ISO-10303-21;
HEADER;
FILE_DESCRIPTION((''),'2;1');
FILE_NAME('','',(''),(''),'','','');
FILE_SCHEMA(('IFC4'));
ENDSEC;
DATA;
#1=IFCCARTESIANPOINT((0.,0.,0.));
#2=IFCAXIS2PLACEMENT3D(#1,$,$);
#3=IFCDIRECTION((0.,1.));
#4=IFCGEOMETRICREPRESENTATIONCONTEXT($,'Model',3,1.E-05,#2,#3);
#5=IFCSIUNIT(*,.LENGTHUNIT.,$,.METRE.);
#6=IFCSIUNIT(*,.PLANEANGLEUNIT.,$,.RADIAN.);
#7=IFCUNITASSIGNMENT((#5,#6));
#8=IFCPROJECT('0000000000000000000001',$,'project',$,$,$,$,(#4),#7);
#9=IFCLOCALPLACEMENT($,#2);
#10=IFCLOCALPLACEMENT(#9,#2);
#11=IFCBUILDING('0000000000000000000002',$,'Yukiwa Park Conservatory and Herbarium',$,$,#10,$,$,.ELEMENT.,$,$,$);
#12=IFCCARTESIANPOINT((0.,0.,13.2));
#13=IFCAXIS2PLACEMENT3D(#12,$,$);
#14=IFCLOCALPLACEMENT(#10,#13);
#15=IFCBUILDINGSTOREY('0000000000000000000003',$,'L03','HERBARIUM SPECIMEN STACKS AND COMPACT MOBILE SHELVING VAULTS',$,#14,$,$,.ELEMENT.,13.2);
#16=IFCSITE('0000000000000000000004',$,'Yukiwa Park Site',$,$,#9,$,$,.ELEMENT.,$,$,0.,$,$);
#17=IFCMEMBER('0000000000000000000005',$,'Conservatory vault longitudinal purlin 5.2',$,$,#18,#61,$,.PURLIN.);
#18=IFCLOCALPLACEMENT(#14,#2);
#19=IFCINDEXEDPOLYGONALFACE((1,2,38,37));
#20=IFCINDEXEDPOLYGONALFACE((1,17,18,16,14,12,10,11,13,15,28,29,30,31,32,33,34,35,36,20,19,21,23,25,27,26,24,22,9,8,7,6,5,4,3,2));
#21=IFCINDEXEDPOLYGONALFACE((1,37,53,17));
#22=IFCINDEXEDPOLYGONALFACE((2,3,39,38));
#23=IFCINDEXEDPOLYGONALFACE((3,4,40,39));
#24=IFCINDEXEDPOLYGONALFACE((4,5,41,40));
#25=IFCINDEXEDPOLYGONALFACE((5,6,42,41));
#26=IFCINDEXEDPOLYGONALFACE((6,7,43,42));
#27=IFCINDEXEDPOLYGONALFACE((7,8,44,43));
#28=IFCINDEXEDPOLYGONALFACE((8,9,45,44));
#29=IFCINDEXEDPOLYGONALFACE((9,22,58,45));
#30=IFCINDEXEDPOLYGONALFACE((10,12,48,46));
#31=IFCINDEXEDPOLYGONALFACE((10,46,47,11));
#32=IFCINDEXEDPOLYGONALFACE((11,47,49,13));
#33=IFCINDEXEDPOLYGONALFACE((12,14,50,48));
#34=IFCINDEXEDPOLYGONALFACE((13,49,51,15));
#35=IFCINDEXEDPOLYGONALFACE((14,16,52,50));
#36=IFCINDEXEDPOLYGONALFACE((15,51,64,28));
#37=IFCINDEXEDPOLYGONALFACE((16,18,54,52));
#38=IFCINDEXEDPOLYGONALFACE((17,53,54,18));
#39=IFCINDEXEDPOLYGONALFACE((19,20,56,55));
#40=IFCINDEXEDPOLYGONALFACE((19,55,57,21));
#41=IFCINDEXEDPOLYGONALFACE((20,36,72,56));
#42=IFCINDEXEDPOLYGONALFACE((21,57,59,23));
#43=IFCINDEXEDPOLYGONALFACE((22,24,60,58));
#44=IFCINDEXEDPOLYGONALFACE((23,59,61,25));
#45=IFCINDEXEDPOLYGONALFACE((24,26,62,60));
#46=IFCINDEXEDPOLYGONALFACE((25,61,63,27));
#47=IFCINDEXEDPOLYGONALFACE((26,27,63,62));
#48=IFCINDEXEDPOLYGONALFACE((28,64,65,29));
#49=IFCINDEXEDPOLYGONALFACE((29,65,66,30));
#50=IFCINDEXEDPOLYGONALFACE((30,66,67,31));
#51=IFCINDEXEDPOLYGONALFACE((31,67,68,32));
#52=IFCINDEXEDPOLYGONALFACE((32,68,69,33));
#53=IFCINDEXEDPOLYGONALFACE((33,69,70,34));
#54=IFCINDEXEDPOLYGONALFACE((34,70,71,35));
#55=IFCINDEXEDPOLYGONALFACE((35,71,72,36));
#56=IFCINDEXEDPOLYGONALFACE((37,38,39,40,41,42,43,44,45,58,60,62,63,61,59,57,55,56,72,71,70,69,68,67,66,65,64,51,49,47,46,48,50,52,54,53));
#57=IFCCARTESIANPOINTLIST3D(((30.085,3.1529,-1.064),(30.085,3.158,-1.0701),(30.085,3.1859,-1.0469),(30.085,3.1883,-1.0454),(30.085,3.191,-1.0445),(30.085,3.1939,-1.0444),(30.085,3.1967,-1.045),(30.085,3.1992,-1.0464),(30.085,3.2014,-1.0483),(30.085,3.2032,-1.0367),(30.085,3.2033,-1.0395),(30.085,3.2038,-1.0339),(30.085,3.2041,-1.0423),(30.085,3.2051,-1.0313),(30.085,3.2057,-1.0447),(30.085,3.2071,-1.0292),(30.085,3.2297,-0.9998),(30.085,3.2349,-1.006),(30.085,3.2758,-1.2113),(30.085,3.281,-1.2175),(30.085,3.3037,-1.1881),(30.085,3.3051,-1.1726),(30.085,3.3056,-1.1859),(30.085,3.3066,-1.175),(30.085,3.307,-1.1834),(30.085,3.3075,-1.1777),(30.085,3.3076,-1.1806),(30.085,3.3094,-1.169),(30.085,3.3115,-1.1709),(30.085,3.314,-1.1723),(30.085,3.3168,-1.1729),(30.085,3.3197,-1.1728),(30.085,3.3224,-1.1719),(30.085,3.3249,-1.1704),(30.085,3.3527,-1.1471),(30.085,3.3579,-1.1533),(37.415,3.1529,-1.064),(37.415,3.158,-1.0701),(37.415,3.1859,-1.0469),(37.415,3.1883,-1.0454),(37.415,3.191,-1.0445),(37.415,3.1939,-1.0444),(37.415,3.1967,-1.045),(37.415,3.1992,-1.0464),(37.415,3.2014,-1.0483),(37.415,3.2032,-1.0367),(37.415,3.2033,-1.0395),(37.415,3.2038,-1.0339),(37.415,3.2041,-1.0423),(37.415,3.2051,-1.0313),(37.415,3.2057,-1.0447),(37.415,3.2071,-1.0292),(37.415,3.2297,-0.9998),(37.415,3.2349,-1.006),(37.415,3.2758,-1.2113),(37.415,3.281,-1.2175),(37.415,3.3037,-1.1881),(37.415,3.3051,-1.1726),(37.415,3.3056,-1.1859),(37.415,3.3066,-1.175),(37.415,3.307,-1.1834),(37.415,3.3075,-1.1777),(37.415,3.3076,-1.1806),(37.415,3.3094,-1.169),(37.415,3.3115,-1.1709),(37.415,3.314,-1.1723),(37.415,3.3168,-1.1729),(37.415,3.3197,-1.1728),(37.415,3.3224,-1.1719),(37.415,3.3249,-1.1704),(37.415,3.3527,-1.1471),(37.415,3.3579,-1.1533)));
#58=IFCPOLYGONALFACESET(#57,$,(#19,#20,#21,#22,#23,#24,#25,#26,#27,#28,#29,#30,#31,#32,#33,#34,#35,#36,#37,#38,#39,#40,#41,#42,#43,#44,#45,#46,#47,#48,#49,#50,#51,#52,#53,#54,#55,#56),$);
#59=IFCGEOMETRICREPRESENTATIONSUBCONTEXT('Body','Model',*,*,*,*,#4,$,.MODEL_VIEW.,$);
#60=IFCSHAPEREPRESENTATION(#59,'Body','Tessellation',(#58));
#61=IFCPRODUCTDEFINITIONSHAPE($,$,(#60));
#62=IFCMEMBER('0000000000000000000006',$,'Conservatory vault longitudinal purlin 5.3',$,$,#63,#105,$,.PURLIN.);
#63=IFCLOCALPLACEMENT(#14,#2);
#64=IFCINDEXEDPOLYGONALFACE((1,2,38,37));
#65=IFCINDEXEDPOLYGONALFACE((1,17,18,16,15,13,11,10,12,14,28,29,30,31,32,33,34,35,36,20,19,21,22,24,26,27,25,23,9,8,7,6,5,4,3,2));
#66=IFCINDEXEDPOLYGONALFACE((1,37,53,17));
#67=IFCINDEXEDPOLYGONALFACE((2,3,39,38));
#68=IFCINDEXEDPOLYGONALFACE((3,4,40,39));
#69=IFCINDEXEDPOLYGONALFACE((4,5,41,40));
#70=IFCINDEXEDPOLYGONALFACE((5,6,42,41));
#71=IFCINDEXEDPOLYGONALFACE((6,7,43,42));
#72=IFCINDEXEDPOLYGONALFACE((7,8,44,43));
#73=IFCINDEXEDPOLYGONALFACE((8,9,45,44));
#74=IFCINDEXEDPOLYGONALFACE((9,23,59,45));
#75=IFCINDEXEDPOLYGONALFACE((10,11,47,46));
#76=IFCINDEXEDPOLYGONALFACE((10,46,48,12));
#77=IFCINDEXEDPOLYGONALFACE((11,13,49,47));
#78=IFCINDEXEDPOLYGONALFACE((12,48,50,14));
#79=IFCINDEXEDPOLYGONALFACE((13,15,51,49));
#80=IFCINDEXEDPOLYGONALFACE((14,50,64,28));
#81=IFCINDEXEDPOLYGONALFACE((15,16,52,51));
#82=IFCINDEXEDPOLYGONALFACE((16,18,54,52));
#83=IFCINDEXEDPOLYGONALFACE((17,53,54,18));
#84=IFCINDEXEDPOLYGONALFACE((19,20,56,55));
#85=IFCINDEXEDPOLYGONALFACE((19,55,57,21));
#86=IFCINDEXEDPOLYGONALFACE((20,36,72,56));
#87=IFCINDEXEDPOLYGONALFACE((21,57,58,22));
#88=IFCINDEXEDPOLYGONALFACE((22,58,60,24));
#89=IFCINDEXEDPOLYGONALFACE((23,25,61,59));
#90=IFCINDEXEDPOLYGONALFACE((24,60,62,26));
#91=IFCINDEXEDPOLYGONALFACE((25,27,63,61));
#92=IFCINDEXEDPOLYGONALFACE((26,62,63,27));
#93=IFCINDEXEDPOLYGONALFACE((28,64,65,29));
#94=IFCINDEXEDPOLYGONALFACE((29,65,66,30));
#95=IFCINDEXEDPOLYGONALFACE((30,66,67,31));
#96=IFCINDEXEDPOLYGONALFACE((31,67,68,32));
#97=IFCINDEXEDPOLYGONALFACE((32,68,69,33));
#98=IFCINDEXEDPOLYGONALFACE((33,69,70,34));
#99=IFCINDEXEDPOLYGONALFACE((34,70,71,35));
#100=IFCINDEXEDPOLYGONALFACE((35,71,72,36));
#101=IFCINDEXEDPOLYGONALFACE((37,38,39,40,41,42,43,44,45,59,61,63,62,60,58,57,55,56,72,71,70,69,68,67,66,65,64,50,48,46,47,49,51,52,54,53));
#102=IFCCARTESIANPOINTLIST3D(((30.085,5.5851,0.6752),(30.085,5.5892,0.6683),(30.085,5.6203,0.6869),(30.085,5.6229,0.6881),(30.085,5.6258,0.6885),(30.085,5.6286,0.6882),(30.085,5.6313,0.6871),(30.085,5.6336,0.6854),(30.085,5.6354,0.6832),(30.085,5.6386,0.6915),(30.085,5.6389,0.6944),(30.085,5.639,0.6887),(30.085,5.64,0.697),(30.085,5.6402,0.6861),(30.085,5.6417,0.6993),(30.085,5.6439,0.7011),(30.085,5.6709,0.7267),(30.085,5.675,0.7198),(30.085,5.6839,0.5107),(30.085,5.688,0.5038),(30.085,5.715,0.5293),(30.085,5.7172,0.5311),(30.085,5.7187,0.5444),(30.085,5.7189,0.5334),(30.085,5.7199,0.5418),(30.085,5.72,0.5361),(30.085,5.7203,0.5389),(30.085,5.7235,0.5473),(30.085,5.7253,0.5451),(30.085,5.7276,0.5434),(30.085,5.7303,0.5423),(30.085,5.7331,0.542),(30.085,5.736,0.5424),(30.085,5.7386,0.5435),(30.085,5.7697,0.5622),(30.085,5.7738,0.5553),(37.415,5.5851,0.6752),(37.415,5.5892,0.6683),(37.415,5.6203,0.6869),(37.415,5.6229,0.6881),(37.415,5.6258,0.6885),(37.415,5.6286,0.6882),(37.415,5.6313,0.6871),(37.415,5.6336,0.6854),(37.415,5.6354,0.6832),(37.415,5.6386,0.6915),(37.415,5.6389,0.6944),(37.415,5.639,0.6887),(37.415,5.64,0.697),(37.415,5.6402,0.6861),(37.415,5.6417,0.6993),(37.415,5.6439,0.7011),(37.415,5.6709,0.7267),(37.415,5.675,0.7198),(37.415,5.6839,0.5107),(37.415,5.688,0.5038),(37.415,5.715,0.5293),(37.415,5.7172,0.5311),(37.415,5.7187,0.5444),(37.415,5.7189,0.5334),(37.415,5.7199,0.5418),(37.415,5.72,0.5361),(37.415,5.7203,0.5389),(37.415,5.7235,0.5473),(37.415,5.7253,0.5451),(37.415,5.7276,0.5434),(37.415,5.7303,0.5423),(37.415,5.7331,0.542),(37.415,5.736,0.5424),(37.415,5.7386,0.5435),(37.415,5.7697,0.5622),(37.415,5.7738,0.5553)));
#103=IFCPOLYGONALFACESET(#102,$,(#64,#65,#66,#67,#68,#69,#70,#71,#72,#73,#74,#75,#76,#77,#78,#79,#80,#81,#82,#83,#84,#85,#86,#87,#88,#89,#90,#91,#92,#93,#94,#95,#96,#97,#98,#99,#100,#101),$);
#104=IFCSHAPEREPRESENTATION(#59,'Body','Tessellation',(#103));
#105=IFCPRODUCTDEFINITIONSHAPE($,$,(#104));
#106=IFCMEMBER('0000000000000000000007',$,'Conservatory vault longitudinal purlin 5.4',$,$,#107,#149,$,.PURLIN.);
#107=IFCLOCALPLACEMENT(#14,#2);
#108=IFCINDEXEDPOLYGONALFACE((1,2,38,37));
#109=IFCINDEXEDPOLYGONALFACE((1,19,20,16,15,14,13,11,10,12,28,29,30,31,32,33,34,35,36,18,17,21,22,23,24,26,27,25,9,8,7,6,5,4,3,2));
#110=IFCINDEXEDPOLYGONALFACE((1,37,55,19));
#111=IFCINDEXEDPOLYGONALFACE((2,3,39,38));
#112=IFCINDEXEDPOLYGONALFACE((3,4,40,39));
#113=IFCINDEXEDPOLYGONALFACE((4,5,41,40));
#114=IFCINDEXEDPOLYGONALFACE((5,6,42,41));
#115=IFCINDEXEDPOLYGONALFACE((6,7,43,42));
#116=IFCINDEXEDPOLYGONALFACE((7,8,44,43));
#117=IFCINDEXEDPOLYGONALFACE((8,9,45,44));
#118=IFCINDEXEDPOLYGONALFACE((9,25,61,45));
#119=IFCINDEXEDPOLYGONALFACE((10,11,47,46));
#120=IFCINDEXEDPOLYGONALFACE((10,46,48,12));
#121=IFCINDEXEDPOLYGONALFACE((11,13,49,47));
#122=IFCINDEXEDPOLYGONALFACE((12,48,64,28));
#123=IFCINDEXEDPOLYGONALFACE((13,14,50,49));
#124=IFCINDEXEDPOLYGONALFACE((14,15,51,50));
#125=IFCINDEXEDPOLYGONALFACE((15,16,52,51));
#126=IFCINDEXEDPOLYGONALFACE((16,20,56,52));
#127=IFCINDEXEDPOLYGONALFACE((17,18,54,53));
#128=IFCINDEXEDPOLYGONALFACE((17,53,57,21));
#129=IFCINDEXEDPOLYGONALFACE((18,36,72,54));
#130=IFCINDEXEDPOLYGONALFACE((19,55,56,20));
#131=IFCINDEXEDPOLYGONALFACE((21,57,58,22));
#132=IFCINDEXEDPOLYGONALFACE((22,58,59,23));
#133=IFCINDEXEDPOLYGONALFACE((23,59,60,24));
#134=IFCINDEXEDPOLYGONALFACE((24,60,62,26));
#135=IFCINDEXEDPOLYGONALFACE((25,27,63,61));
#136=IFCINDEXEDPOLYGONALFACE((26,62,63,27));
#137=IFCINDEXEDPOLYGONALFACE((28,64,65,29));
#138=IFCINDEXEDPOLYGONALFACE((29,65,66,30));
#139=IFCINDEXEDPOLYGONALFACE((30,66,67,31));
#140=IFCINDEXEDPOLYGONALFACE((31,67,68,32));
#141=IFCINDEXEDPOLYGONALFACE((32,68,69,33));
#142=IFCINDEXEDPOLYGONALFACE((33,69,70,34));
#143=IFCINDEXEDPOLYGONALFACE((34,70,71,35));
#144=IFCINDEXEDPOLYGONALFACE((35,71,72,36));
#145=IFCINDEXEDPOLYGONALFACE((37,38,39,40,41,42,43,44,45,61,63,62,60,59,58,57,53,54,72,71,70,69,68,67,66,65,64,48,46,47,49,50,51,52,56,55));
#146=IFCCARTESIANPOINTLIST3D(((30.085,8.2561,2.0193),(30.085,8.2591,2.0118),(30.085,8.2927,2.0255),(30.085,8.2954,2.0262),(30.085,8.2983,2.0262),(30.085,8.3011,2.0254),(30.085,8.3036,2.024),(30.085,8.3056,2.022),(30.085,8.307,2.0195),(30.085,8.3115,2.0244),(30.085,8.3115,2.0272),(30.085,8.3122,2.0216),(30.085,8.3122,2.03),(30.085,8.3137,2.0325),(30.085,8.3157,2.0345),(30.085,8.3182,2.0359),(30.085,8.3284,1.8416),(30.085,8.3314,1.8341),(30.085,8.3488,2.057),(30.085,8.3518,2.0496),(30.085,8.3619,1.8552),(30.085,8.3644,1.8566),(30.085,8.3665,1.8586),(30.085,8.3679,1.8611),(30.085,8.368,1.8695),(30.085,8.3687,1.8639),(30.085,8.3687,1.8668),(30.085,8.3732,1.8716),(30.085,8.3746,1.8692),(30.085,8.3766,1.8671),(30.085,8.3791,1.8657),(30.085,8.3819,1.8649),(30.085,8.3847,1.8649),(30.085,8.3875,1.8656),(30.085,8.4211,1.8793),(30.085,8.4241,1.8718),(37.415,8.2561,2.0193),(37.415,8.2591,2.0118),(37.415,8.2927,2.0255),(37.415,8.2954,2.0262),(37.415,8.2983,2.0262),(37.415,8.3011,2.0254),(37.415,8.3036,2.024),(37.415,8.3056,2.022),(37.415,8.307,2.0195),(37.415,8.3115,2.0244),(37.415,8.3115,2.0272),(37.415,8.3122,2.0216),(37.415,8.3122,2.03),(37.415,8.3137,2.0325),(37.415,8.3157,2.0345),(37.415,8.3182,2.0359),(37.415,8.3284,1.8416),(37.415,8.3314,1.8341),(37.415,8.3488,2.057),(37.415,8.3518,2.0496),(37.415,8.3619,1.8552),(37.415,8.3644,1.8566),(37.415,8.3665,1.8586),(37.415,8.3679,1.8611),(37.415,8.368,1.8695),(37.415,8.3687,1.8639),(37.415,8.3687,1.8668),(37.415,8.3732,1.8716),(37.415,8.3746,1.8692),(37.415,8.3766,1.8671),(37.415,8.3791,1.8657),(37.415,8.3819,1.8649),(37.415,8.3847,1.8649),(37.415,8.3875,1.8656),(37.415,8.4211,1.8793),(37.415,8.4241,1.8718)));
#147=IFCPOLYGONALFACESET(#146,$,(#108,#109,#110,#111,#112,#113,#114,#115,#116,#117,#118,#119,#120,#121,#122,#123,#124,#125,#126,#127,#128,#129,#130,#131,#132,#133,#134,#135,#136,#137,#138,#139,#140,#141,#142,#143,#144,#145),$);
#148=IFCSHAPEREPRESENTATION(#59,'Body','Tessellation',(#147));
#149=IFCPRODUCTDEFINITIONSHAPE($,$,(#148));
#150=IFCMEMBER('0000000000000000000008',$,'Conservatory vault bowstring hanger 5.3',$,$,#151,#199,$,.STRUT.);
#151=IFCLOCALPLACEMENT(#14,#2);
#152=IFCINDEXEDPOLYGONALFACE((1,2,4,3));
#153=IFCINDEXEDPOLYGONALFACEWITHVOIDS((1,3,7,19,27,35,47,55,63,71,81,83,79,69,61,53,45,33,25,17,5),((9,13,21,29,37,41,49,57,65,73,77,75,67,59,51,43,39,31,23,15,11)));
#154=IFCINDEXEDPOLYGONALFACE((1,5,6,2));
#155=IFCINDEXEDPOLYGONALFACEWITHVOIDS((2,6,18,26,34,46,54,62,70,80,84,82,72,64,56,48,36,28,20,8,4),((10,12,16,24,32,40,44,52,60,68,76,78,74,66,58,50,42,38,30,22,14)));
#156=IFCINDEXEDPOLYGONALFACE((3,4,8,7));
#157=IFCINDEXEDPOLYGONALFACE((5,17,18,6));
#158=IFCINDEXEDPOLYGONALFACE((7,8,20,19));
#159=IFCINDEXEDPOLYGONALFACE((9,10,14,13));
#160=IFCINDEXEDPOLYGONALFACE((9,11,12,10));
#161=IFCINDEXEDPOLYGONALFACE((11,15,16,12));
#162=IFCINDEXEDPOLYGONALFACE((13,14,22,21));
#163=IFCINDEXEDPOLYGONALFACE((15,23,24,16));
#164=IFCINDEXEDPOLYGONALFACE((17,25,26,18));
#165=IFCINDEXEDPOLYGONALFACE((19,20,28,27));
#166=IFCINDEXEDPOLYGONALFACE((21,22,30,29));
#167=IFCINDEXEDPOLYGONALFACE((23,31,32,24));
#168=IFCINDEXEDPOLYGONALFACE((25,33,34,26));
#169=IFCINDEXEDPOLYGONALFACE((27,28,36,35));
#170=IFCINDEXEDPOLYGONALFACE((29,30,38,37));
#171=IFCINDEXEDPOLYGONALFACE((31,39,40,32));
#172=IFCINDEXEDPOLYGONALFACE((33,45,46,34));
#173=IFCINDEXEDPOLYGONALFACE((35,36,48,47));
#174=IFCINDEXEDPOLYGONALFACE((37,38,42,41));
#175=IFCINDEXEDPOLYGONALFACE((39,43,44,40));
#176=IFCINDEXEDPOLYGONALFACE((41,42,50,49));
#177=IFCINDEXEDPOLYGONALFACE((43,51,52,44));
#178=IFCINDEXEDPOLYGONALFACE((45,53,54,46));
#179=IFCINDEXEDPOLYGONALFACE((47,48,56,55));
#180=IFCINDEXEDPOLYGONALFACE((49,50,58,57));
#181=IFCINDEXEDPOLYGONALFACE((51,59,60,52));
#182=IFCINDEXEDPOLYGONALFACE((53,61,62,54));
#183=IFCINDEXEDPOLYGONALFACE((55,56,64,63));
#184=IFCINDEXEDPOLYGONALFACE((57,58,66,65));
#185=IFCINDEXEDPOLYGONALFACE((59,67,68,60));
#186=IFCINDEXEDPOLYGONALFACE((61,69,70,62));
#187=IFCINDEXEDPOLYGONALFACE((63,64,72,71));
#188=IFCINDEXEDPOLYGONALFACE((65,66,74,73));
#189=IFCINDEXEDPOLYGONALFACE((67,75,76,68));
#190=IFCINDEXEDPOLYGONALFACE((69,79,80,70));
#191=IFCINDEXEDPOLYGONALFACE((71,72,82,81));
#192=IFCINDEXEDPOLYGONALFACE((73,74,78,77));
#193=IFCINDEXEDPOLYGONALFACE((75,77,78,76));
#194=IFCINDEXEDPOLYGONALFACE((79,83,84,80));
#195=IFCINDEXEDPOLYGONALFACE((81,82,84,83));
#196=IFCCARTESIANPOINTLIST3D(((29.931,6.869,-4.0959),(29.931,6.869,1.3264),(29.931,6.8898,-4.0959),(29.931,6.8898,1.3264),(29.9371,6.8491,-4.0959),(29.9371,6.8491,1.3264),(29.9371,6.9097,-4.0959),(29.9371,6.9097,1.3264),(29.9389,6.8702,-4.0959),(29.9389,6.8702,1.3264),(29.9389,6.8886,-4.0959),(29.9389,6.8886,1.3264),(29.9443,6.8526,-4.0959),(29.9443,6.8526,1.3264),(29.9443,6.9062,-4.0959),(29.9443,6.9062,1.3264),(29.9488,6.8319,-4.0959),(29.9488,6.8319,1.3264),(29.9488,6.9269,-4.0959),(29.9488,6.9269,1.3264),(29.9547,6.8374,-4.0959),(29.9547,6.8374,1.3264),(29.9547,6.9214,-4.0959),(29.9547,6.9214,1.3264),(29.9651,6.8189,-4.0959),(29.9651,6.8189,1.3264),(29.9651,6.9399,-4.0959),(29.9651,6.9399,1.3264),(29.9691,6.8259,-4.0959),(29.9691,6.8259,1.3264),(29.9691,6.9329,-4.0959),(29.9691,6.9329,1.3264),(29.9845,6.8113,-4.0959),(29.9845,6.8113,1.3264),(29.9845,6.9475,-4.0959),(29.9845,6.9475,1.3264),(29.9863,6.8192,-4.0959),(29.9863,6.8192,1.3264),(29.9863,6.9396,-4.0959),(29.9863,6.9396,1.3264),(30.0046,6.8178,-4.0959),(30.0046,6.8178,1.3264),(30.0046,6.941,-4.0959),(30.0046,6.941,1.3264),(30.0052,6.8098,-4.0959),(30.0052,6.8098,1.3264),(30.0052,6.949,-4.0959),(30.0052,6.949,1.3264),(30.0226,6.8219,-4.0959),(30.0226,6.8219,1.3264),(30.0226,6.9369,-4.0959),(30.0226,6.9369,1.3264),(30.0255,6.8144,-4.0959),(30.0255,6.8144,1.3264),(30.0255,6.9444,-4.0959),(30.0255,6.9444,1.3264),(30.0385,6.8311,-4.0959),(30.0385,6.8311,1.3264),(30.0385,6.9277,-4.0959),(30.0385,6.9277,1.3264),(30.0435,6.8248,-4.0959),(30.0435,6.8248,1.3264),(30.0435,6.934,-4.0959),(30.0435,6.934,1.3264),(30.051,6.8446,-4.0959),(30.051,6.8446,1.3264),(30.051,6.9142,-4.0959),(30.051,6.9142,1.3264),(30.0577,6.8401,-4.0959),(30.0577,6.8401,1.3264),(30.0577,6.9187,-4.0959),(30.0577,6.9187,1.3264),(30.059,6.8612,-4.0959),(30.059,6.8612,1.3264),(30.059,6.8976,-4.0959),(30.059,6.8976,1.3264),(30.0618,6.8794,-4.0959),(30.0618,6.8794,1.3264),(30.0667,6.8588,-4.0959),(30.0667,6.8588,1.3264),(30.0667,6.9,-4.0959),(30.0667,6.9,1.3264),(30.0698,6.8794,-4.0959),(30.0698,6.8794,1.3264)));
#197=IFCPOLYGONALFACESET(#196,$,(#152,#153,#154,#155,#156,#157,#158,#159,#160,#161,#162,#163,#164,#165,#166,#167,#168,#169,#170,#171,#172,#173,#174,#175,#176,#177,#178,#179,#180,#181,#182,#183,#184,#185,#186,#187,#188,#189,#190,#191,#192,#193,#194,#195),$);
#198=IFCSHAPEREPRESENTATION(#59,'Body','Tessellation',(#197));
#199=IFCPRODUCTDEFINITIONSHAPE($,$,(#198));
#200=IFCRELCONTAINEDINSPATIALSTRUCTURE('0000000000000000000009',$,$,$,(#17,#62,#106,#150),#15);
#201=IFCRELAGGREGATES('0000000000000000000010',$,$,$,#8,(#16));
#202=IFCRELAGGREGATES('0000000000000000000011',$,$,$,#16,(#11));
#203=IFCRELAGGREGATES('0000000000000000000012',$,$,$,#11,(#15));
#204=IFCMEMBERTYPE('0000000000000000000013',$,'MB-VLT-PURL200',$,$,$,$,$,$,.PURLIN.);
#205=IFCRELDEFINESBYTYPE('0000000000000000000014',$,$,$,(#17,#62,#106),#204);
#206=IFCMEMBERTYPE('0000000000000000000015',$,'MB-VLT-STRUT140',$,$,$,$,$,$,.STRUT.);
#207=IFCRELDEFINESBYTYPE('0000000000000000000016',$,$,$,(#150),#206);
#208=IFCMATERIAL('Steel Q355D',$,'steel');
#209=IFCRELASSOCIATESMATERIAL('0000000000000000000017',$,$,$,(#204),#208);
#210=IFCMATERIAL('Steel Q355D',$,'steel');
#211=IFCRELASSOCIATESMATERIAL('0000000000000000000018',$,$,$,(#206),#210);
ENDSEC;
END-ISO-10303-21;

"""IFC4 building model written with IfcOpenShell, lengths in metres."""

from ifc_helpers import new_model, si_unit, direction, frame, origin, origin_2d, place, context, subcontext, project, spatial, hollow_circle, i_section, extrude, material, material_profile, profile_set, type_object, element, save


model = new_model("IFC4")

# Units and contexts
model_context = context("Model", 3, precision=1e-05, world=origin(), true_north=direction((0.0, 1.0)))
body_context = subcontext(model_context, "Body", "Model", "MODEL_VIEW")
ifc_project = project(units=[si_unit("LENGTHUNIT", "METRE"), si_unit("PLANEANGLEUNIT", "RADIAN")], contexts=[model_context])

# Site, building, storey
site_placement = place(None, origin())
site = spatial("IfcSite", under=ifc_project, at=site_placement, Name="Yukiwa Park Site", CompositionType="ELEMENT", RefElevation=0.0)
building_placement = place(site_placement, origin())
building = spatial("IfcBuilding", under=site, at=building_placement, Name="Yukiwa Park Conservatory and Herbarium", CompositionType="ELEMENT")
storey_placement = place(building_placement, frame((0.0, 0.0, 13.2)))
storey = spatial("IfcBuildingStorey", under=building, at=storey_placement, Name="L03", Description="HERBARIUM SPECIMEN STACKS AND COMPACT MOBILE SHELVING VAULTS", CompositionType="ELEMENT", Elevation=13.2)

# Members
ifc_material_1 = material(Name="Steel Q355D", Category="steel")
ifc_material_profile_1 = material_profile(ifc_material_1, i_section(OverallWidth=0.1001, OverallDepth=0.2, WebThickness=0.0056, FlangeThickness=0.0081, FilletRadius=0.011, at=origin_2d()), Name="HN 200x100x5.5x8")
ifc_profile_set_1 = profile_set([ifc_material_profile_1], Name="Steel Q355D")
member_type_1 = type_object("IfcMemberType", Name="MB-VLT-PURL200", PredefinedType="PURLIN", material=ifc_profile_set_1)
for number, where, z_axis, x_axis, name in (
    (1, (30.085, 3.2554, -1.1086), (1.0, 0.0, 0.0), (0.0, 0.767751, 0.640748), "Conservatory vault longitudinal purlin 5.2"),
    (2, (30.085, 5.6794, 0.6152), (1.0, 0.0, 0.0), (0.0, 0.857234, 0.514927), "Conservatory vault longitudinal purlin 5.3"),
    (3, (30.085, 8.3401, 1.9456), (1.0, 0.0, 0.0), (0.0, 0.926282, 0.376831), "Conservatory vault longitudinal purlin 5.4"),
):
    element("IfcMember", number, at=place(storey_placement, frame(where, z_axis=z_axis, x_axis=x_axis)), inside=storey, type_object=member_type_1, Name=name, PredefinedType="PURLIN", context=body_context, shape_type="SweptSolid", body=[
        extrude(i_section(OverallWidth=0.1001, OverallDepth=0.2, WebThickness=0.0056, FlangeThickness=0.0081, FilletRadius=0.011, at=origin_2d()), origin(), (0.0, 0.0, 1.0), 7.3301),
    ])
ifc_material_2 = material(Name="Steel Q355D", Category="steel")
ifc_material_profile_2 = material_profile(ifc_material_2, hollow_circle(Radius=0.0698, WallThickness=0.0081, at=origin_2d()), Name="CHS 139.7x8")
ifc_profile_set_2 = profile_set([ifc_material_profile_2], Name="Steel Q355D")
member_type_2 = type_object("IfcMemberType", Name="MB-VLT-STRUT140", PredefinedType="STRUT", material=ifc_profile_set_2)
member_placement = place(storey_placement, frame((30.0, 6.8794, -4.0959), z_axis=(0.0, 0.0, 1.0), x_axis=(1.0, 0.0, 0.0)))
element("IfcMember", 4, at=member_placement, inside=storey, type_object=member_type_2, Name="Conservatory vault bowstring hanger 5.3", PredefinedType="STRUT", context=body_context, shape_type="SweptSolid", body=[
    extrude(hollow_circle(Radius=0.0698, WallThickness=0.0081, at=origin_2d()), origin(), (0.0, 0.0, 1.0), 5.4224),
])

save(model, "model.ifc")
